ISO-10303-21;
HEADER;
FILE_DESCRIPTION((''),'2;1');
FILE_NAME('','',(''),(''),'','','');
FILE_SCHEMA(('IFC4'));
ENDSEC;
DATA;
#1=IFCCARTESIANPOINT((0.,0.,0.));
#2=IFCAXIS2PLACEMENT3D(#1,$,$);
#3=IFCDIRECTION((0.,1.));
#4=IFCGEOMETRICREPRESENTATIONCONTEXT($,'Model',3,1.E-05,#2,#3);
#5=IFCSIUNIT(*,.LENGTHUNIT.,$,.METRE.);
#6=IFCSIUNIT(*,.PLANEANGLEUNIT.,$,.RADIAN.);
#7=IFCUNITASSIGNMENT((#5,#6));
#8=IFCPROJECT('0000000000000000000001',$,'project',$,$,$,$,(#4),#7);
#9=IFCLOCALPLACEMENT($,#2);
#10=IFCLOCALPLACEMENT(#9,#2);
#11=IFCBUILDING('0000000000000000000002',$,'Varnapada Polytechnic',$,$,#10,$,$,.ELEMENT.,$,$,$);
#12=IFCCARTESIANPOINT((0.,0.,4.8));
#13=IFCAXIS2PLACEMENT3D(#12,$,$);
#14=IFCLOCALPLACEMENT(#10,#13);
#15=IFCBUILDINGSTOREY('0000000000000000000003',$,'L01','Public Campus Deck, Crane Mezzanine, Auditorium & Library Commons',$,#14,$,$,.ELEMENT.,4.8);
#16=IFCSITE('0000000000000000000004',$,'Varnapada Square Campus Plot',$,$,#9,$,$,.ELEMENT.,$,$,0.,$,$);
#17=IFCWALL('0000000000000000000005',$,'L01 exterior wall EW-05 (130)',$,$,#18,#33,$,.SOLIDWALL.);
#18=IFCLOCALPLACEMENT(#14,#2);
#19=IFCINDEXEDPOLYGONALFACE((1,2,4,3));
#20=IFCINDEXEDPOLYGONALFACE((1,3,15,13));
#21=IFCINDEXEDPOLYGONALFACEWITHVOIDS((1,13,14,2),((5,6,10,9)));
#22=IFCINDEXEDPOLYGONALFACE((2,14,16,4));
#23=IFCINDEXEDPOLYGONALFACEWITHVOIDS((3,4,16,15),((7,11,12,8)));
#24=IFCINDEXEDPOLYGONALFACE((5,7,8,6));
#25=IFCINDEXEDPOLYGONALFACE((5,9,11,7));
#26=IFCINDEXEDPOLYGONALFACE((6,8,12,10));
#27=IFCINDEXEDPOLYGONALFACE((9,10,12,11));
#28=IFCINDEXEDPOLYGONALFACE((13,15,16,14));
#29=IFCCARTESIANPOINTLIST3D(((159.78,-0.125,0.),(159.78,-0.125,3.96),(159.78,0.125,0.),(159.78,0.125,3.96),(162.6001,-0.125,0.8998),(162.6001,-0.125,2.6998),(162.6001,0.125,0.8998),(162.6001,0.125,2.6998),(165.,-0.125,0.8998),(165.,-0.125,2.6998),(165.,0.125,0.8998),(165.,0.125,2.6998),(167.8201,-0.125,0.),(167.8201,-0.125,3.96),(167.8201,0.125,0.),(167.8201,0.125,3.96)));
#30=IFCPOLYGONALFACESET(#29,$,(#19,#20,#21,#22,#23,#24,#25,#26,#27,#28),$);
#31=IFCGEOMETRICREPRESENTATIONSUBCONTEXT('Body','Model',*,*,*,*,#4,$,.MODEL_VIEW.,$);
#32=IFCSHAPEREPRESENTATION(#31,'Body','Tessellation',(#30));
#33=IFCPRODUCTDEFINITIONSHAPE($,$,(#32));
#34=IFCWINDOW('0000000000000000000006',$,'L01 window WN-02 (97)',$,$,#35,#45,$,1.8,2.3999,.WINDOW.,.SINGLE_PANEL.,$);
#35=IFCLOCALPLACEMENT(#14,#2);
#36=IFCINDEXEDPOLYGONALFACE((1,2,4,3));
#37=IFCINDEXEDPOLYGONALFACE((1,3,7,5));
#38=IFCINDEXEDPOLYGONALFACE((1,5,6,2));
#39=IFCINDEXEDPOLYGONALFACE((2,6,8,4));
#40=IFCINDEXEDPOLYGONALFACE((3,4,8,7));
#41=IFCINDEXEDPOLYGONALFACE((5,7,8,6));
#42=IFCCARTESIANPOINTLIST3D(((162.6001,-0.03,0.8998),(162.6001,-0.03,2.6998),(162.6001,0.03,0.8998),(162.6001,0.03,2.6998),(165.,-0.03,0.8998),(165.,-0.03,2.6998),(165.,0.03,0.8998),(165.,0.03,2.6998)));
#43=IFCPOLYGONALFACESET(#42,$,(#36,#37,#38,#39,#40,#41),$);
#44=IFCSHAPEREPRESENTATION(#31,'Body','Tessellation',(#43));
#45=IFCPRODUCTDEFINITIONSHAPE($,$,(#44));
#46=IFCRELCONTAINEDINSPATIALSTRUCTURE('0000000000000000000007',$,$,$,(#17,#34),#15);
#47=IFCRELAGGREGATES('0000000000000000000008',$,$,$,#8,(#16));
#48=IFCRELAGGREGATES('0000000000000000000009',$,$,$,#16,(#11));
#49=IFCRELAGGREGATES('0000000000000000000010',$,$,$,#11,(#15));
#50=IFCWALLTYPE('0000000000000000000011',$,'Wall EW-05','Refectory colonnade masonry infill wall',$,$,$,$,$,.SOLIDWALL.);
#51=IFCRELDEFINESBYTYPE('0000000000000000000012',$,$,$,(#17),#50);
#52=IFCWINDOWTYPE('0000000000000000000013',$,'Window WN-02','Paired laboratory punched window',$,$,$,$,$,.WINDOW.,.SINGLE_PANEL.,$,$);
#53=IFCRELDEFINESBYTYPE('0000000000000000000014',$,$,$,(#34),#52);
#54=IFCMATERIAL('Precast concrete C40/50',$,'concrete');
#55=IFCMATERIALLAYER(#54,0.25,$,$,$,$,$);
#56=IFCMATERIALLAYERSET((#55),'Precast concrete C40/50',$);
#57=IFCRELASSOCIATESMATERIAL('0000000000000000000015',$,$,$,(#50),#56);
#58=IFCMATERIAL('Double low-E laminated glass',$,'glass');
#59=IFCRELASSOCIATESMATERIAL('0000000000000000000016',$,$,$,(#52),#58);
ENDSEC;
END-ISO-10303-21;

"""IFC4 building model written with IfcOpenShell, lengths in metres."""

from ifc_helpers import new_model, si_unit, direction, frame, frame_2d, origin, place, context, subcontext, project, spatial, rectangle, extrude, material, layer, layer_set, type_object, element, fill, save


model = new_model("IFC4")

# Units and contexts
model_context = context("Model", 3, precision=1e-05, world=origin(), true_north=direction((0.0, 1.0)))
body_context = subcontext(model_context, "Body", "Model", "MODEL_VIEW")
ifc_project = project(units=[si_unit("LENGTHUNIT", "METRE"), si_unit("PLANEANGLEUNIT", "RADIAN")], contexts=[model_context])

# Site, building, storey
site_placement = place(None, origin())
site = spatial("IfcSite", under=ifc_project, at=site_placement, Name="Varnapada Square Campus Plot", CompositionType="ELEMENT", RefElevation=0.0)
building_placement = place(site_placement, origin())
building = spatial("IfcBuilding", under=site, at=building_placement, Name="Varnapada Polytechnic", CompositionType="ELEMENT")
storey_placement = place(building_placement, frame((0.0, 0.0, 4.8)))
storey = spatial("IfcBuildingStorey", under=building, at=storey_placement, Name="L01", Description="Public Campus Deck, Crane Mezzanine, Auditorium & Library Commons", CompositionType="ELEMENT", Elevation=4.8)

# Shared definitions
ifc_material_1 = material(Name="Double low-E laminated glass", Category="glass")

# Wall, opening, window
ifc_material_2 = material(Name="Precast concrete C40/50", Category="concrete")
ifc_layer_1 = layer(ifc_material_2, 0.25)
ifc_layer_set_1 = layer_set([ifc_layer_1], Name="Precast concrete C40/50")
wall_type = type_object("IfcWallType", Name="Wall EW-05", Description="Refectory colonnade masonry infill wall", PredefinedType="SOLIDWALL", material=ifc_layer_set_1)
wall_placement = place(storey_placement, frame((167.8201, 0.0, 0.0), z_axis=(0.0, 0.0, 1.0), x_axis=(-1.0, 0.0, 0.0)))
wall = element("IfcWall", 1, at=wall_placement, inside=storey, type_object=wall_type, Name="L01 exterior wall EW-05 (130)", PredefinedType="SOLIDWALL", context=body_context, shape_type="SweptSolid", body=[
    extrude(rectangle(XDim=8.04, YDim=0.25, at=frame_2d((4.02, 0.0))), origin(), (0.0, 0.0, 1.0), 3.96),
])
opening_1_placement = place(wall_placement, frame((2.8201, 0.0, 0.8999)))
opening_1 = element("IfcOpeningElement", 2, at=opening_1_placement, cuts=wall, PredefinedType="OPENING", context=body_context, shape_type="SweptSolid", body=[
    extrude(rectangle(XDim=2.3999, YDim=1.8, at=frame_2d((1.2, 0.8999))), frame((0.0, 0.135, 0.0), z_axis=(0.0, -1.0, 0.0), x_axis=(1.0, 0.0, 0.0)), (0.0, 0.0, 1.0), 0.27),
])
window_type = type_object("IfcWindowType", Name="Window WN-02", Description="Paired laboratory punched window", PartitioningType="SINGLE_PANEL", PredefinedType="WINDOW", material=ifc_material_1)
window_placement = place(opening_1_placement, origin())
window = element("IfcWindow", 3, at=window_placement, inside=storey, type_object=window_type, Name="L01 window WN-02 (97)", OverallHeight=1.8, OverallWidth=2.3999, PartitioningType="SINGLE_PANEL", PredefinedType="WINDOW", context=body_context, shape_type="SweptSolid", body=[
    extrude(rectangle(XDim=2.3999, YDim=1.8, at=frame_2d((1.2, 0.8999))), frame((0.0, 0.03, 0.0), z_axis=(0.0, -1.0, 0.0), x_axis=(1.0, 0.0, 0.0)), (0.0, 0.0, 1.0), 0.0601),
])
fill(opening_1, window)

save(model, "model.ifc")
